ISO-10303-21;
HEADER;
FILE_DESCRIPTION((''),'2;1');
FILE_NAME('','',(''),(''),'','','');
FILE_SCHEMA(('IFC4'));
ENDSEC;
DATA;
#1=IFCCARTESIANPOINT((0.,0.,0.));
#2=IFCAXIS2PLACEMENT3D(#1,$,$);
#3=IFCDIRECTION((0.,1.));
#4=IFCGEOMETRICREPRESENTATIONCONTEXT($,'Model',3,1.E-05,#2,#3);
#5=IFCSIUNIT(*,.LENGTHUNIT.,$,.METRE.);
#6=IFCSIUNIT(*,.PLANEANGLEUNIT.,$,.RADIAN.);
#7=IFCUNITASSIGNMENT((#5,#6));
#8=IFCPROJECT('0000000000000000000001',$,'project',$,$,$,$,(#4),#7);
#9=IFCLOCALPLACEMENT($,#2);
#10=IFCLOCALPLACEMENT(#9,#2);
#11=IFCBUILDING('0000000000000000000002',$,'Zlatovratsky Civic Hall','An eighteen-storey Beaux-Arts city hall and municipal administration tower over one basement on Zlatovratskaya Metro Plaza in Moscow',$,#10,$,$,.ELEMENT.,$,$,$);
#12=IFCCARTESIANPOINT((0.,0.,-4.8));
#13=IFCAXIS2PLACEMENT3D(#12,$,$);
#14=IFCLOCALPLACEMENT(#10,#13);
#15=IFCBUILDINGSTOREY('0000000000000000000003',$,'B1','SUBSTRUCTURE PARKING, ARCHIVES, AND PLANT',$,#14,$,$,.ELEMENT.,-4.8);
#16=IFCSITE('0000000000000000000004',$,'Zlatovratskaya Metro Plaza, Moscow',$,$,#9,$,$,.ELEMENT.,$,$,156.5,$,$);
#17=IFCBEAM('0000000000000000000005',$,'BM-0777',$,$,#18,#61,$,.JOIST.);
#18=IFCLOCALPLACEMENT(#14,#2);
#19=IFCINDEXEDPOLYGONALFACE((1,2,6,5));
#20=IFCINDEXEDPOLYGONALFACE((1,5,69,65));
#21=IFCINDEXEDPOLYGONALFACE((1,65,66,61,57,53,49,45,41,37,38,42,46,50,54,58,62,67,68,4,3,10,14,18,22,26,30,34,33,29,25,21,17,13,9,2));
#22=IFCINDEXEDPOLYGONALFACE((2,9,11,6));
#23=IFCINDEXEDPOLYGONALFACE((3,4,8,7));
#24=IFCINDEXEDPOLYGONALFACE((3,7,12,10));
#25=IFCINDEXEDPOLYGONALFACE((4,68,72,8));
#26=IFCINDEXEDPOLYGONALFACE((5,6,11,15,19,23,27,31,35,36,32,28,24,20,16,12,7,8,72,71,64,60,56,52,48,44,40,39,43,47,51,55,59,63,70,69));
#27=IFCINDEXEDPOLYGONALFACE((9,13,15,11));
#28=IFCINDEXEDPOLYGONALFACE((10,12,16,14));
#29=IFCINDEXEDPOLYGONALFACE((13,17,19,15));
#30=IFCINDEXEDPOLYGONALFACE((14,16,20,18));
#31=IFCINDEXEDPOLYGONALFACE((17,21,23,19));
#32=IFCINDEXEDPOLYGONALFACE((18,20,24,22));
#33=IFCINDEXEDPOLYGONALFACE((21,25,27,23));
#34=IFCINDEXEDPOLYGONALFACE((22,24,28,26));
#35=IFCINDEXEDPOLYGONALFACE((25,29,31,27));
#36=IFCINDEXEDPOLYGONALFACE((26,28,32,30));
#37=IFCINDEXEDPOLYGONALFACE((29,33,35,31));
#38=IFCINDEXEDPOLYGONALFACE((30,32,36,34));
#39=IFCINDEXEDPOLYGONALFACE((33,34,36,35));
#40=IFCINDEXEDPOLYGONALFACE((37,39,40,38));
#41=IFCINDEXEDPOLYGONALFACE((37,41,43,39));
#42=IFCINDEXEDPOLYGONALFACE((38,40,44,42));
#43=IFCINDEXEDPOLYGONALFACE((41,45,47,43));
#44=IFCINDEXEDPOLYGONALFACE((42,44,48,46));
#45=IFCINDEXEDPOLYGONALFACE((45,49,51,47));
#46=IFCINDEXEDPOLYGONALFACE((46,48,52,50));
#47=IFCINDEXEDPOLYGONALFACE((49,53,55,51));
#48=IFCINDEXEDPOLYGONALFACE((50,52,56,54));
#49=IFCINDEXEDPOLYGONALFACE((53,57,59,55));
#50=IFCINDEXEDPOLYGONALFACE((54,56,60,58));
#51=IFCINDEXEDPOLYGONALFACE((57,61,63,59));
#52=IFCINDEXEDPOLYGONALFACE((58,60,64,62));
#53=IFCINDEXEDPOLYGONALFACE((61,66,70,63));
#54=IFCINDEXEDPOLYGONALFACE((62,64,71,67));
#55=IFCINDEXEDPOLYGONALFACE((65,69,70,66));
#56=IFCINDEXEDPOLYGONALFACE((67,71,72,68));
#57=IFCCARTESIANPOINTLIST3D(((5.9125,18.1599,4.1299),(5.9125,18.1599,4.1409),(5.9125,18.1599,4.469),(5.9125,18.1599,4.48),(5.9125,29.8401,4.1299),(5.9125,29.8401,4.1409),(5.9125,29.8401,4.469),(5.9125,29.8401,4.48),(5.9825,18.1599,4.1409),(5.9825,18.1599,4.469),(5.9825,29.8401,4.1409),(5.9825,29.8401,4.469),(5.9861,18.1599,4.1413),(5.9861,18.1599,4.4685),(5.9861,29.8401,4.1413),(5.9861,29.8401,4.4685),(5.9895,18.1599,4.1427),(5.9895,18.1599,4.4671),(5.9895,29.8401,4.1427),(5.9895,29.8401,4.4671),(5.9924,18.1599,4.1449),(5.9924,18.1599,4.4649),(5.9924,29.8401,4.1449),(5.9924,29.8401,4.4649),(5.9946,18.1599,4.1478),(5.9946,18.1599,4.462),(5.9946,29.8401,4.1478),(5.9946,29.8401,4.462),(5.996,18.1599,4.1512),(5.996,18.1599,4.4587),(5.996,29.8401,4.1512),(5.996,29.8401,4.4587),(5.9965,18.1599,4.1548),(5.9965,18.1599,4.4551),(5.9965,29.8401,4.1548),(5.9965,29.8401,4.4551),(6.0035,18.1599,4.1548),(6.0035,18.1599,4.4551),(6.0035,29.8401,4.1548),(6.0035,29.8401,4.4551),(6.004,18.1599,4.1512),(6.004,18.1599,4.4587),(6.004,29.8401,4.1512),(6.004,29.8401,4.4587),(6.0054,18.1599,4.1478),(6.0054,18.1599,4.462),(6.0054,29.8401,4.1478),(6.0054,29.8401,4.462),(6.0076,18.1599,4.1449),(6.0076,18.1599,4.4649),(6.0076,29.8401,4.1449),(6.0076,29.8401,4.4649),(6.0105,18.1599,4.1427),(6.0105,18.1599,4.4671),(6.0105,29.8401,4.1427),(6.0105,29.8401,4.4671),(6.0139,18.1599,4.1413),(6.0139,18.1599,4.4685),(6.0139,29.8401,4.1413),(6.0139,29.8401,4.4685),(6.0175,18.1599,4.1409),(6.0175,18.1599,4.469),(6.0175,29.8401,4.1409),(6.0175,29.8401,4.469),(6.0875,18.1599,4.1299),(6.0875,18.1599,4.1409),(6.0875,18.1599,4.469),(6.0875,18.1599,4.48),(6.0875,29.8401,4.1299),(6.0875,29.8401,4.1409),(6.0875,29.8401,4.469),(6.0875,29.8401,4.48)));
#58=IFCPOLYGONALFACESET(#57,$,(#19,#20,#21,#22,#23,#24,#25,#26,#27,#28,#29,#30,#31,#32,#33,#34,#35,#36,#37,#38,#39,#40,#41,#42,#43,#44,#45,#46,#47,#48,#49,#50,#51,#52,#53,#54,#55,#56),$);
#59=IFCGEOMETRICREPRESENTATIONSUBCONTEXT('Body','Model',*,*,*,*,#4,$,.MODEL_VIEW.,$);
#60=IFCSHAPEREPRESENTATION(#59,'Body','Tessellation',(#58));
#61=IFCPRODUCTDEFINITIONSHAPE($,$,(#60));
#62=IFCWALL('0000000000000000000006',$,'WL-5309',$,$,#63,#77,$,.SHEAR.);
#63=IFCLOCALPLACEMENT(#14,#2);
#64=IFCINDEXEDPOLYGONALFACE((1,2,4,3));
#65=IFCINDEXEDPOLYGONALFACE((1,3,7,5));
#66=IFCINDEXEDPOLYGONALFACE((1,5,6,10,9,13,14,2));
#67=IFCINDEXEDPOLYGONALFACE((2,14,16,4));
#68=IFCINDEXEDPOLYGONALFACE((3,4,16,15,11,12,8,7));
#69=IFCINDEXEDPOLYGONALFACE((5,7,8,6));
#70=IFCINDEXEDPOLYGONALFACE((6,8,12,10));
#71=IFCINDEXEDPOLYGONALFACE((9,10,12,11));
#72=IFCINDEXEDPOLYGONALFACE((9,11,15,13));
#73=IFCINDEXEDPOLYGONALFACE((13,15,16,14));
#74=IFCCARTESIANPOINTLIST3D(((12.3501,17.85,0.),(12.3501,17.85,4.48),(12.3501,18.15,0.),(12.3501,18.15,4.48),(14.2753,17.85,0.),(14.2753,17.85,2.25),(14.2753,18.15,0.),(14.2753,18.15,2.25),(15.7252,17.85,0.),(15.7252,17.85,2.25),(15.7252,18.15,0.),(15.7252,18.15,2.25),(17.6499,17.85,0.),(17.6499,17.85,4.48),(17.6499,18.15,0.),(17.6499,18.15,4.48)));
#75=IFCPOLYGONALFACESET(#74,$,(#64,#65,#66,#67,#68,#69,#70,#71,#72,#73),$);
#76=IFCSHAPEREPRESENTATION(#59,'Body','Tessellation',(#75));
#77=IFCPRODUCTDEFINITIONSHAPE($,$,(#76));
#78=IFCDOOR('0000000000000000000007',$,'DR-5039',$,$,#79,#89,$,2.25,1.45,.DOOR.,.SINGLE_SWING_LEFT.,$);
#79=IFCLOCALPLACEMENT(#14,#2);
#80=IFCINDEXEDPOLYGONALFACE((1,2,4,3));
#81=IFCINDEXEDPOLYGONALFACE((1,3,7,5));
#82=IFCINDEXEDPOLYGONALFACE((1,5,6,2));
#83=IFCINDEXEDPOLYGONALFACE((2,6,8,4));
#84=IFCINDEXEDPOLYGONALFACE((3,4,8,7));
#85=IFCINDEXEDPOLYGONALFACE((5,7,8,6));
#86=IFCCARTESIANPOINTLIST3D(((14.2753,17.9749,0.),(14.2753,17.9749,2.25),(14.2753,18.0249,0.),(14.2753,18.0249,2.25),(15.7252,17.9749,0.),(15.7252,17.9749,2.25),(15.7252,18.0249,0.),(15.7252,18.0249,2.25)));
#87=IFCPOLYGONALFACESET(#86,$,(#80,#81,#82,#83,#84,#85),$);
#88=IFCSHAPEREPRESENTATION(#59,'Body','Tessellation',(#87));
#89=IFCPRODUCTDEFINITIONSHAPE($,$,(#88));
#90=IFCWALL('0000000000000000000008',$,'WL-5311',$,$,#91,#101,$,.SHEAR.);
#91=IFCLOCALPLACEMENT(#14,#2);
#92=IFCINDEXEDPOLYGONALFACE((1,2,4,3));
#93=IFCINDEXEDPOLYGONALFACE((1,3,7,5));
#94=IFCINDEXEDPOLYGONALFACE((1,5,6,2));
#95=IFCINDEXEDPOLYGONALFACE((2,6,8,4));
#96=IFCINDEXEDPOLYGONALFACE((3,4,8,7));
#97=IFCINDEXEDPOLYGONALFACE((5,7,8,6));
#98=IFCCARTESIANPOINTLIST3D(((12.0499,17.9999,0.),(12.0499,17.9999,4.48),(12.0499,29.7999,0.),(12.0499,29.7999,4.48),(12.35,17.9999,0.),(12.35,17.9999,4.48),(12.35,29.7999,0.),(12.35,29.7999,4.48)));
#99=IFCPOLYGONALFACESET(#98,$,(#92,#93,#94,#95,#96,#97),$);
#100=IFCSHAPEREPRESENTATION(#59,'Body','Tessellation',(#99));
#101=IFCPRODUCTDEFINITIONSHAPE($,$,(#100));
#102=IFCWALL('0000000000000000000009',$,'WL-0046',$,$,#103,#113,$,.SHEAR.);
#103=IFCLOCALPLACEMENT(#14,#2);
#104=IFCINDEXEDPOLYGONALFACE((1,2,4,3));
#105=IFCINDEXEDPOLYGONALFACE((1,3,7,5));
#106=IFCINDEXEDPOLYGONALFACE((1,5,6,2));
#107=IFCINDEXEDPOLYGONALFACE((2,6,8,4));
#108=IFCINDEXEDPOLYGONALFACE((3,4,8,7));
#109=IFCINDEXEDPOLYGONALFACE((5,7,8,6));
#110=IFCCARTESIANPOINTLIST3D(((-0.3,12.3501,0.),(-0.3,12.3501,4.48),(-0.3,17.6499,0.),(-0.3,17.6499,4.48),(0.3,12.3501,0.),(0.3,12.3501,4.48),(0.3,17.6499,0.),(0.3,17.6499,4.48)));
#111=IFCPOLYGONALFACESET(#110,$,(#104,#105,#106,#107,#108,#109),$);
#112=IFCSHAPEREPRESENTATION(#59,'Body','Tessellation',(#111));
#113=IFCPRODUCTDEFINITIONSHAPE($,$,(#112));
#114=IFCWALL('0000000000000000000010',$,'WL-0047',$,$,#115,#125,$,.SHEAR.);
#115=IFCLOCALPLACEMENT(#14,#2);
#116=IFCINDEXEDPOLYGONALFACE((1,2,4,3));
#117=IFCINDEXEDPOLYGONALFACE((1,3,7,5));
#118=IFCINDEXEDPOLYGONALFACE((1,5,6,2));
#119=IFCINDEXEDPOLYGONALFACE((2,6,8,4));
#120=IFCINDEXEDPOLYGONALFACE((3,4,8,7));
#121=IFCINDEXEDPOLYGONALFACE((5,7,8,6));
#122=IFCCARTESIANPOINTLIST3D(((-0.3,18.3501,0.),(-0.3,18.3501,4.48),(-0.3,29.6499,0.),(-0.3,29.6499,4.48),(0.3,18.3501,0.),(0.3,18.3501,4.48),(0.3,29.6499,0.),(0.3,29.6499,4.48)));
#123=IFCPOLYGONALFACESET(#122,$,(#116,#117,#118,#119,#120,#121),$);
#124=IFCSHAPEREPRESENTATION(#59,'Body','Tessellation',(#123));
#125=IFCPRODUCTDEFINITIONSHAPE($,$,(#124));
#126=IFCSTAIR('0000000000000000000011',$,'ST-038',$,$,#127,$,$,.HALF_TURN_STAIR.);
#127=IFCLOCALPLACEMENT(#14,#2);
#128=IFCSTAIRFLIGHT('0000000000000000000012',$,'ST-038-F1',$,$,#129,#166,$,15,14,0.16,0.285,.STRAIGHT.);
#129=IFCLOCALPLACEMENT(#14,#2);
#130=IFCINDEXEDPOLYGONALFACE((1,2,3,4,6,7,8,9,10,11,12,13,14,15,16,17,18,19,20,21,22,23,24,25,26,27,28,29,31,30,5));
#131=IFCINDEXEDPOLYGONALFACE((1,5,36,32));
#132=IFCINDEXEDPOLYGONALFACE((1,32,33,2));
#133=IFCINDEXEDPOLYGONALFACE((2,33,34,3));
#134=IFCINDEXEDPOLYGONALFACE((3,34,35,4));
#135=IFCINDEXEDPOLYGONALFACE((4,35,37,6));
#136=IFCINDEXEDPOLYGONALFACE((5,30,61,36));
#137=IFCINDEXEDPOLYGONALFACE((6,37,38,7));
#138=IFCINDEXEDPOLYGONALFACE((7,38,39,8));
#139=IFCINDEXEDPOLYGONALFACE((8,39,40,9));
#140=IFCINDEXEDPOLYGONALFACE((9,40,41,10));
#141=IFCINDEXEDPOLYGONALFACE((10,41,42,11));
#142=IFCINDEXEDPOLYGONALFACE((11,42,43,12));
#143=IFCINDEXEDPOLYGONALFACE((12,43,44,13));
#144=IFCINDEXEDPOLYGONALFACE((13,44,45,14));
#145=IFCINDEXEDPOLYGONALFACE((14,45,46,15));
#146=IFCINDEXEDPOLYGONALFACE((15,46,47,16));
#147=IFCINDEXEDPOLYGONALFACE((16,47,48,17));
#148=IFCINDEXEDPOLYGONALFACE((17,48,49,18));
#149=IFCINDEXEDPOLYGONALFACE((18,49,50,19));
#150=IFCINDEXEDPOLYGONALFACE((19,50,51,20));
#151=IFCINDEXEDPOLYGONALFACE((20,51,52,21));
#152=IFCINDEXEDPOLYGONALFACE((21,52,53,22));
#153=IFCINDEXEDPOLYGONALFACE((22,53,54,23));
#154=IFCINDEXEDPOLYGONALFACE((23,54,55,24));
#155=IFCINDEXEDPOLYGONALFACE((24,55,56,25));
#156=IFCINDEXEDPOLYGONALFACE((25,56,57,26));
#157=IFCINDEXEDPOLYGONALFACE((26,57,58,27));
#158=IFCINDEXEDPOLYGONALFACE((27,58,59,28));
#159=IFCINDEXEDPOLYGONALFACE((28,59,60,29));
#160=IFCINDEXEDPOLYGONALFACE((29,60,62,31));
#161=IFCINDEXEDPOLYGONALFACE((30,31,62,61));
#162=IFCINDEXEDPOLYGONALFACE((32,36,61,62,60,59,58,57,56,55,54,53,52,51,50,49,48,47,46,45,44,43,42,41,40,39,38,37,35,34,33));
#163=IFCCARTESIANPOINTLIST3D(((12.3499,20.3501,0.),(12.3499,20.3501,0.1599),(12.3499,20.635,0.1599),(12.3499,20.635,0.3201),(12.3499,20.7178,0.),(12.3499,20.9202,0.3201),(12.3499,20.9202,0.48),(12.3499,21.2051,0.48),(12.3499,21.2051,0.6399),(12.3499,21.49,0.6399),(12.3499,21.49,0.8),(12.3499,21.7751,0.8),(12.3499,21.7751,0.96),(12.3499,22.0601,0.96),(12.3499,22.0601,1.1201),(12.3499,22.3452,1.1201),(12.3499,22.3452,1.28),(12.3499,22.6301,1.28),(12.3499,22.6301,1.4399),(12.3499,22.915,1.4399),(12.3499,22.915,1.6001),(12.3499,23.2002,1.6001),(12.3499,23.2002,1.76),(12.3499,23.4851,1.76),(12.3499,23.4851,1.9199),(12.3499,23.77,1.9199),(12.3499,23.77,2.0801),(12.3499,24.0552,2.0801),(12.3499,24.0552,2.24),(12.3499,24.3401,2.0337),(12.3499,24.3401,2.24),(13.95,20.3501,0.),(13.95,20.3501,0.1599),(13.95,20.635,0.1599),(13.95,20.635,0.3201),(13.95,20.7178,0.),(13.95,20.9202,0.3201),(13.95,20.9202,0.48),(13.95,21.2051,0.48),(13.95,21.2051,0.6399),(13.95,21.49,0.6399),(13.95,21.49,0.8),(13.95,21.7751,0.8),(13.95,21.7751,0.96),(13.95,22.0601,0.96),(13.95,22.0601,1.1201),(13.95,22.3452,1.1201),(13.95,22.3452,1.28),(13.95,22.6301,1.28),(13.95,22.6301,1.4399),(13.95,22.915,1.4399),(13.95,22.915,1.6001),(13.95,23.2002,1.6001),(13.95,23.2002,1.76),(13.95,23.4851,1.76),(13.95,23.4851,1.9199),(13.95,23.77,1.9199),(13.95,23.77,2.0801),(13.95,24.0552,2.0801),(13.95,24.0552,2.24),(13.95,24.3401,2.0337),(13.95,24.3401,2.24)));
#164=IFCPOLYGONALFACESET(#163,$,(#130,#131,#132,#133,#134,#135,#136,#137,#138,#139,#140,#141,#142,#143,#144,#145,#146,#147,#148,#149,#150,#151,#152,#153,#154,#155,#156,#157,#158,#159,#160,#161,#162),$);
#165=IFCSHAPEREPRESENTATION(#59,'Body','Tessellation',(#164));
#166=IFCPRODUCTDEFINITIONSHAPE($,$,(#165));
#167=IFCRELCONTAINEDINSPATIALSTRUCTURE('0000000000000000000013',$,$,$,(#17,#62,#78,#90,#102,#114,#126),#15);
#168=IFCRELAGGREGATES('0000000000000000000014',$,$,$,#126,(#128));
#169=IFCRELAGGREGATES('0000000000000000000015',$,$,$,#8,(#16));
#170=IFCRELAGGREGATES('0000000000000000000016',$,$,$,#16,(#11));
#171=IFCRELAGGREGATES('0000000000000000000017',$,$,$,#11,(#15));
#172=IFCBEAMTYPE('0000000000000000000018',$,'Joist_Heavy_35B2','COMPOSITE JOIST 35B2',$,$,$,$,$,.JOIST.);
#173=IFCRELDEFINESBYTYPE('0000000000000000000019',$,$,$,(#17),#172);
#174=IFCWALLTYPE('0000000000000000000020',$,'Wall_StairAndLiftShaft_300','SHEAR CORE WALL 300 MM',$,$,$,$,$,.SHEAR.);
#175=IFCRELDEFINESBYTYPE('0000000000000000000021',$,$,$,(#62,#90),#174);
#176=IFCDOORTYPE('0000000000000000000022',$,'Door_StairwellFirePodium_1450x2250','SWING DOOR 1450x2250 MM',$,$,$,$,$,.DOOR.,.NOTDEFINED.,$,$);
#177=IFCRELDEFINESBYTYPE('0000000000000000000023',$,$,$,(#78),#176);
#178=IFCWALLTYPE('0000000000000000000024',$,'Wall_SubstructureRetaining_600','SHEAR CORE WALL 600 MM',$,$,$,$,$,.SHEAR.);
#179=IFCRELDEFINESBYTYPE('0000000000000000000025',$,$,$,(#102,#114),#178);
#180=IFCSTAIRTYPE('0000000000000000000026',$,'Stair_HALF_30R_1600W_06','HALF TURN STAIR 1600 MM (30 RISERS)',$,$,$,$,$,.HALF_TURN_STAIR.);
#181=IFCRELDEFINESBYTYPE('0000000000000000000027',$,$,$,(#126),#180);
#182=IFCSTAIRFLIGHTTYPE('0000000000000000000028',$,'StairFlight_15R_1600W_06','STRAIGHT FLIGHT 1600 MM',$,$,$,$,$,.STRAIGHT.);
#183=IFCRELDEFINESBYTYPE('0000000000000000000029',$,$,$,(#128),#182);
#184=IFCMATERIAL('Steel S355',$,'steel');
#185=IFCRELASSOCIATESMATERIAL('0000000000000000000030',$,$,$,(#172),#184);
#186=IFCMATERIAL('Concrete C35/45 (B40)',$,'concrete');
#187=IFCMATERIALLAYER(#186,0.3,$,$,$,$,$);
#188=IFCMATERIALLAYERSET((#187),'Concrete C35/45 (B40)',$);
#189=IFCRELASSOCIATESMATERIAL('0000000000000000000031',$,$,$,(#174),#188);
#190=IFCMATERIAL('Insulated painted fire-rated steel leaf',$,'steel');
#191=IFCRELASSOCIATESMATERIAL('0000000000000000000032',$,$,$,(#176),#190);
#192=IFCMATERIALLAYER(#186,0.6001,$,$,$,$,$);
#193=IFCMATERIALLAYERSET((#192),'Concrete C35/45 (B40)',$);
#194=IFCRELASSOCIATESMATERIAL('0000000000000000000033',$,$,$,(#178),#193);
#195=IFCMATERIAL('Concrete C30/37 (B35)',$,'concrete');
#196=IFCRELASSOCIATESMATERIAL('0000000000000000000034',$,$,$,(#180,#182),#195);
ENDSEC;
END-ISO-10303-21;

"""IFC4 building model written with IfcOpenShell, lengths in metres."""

from ifc_helpers import new_model, si_unit, direction, frame, frame_2d, origin, origin_2d, place, context, subcontext, project, spatial, polyline, rectangle, i_section, outline, extrude, material, layer, layer_set, material_profile, profile_set, type_object, element, fill, aggregate, save


model = new_model("IFC4")

# Units and contexts
model_context = context("Model", 3, precision=1e-05, world=origin(), true_north=direction((0.0, 1.0)))
body_context = subcontext(model_context, "Body", "Model", "MODEL_VIEW")
ifc_project = project(units=[si_unit("LENGTHUNIT", "METRE"), si_unit("PLANEANGLEUNIT", "RADIAN")], contexts=[model_context])

# Site, building, storey
site_placement = place(None, origin())
site = spatial("IfcSite", under=ifc_project, at=site_placement, Name="Zlatovratskaya Metro Plaza, Moscow", CompositionType="ELEMENT", RefElevation=156.5)
building_placement = place(site_placement, origin())
building = spatial("IfcBuilding", under=site, at=building_placement, Name="Zlatovratsky Civic Hall", Description="An eighteen-storey Beaux-Arts city hall and municipal administration tower over one basement on Zlatovratskaya Metro Plaza in Moscow", CompositionType="ELEMENT")
storey_placement = place(building_placement, frame((0.0, 0.0, -4.8)))
storey = spatial("IfcBuildingStorey", under=building, at=storey_placement, Name="B1", Description="SUBSTRUCTURE PARKING, ARCHIVES, AND PLANT", CompositionType="ELEMENT", Elevation=-4.8)

# Shared definitions
ifc_material_1 = material(Name="Concrete C35/45 (B40)", Category="concrete")

# Beam
ifc_material_2 = material(Name="Steel S355", Category="steel")
ifc_material_profile_1 = material_profile(ifc_material_2, i_section(OverallWidth=0.175, OverallDepth=0.3501, WebThickness=0.0071, FlangeThickness=0.011, FilletRadius=0.0139, at=origin_2d()), Name="35B2")
ifc_profile_set_1 = profile_set([ifc_material_profile_1], Name="Steel S355")
beam_type_1 = type_object("IfcBeamType", Name="Joist_Heavy_35B2", Description="COMPOSITE JOIST 35B2", PredefinedType="JOIST", material=ifc_profile_set_1)
beam_1_placement = place(storey_placement, frame((6.0, 18.1599, 4.3049), z_axis=(0.0, 1.0, 0.0), x_axis=(-1.0, 0.0, 0.0)))
element("IfcBeam", 1, at=beam_1_placement, inside=storey, type_object=beam_type_1, Name="BM-0777", PredefinedType="JOIST", context=body_context, shape_type="SweptSolid", body=[
    extrude(i_section(OverallWidth=0.175, OverallDepth=0.3501, WebThickness=0.0071, FlangeThickness=0.011, FilletRadius=0.0139, at=origin_2d()), origin(), (0.0, 0.0, 1.0), 11.6802),
])

# Wall, opening, door
ifc_layer_1 = layer(ifc_material_1, 0.3)
ifc_layer_set_1 = layer_set([ifc_layer_1], Name="Concrete C35/45 (B40)")
wall_type_1 = type_object("IfcWallType", Name="Wall_StairAndLiftShaft_300", Description="SHEAR CORE WALL 300 MM", PredefinedType="SHEAR", material=ifc_layer_set_1)
wall_1_placement = place(storey_placement, frame((12.3501, 18.0, 0.0), z_axis=(0.0, 0.0, 1.0), x_axis=(1.0, 0.0, 0.0)))
wall_1 = element("IfcWall", 2, at=wall_1_placement, inside=storey, type_object=wall_type_1, Name="WL-5309", PredefinedType="SHEAR", context=body_context, shape_type="SweptSolid", body=[
    extrude(rectangle(XDim=5.2998, YDim=0.3, at=frame_2d((2.6499, 0.0))), origin(), (0.0, 0.0, 1.0), 4.48),
])
opening_placement = place(wall_1_placement, frame((1.925, 0.0, 0.0)))
opening = element("IfcOpeningElement", 3, at=opening_placement, cuts=wall_1, PredefinedType="OPENING", context=body_context, shape_type="SweptSolid", body=[
    extrude(rectangle(XDim=1.45, YDim=2.25, at=frame_2d((0.7251, 1.125))), frame((0.0, 0.165, 0.0), z_axis=(0.0, -1.0, 0.0), x_axis=(1.0, 0.0, 0.0)), (0.0, 0.0, 1.0), 0.3298),
])
ifc_material_3 = material(Name="Insulated painted fire-rated steel leaf", Category="steel")
door_type = type_object("IfcDoorType", Name="Door_StairwellFirePodium_1450x2250", Description="SWING DOOR 1450x2250 MM", OperationType="NOTDEFINED", PredefinedType="DOOR", material=ifc_material_3)
door_placement = place(opening_placement, origin())
door = element("IfcDoor", 4, at=door_placement, inside=storey, type_object=door_type, Name="DR-5039", OperationType="SINGLE_SWING_LEFT", OverallHeight=2.25, OverallWidth=1.45, PredefinedType="DOOR", context=body_context, shape_type="SweptSolid", body=[
    extrude(rectangle(XDim=1.45, YDim=2.25, at=frame_2d((0.7251, 1.125))), frame((0.0, 0.0249, 0.0), z_axis=(0.0, -1.0, 0.0), x_axis=(1.0, 0.0, 0.0)), (0.0, 0.0, 1.0), 0.05),
])
fill(opening, door)

# Walls
wall_2_placement = place(storey_placement, frame((12.2, 18.0, 0.0), z_axis=(0.0, 0.0, 1.0), x_axis=(0.0, 1.0, 0.0)))
element("IfcWall", 5, at=wall_2_placement, inside=storey, type_object=wall_type_1, Name="WL-5311", PredefinedType="SHEAR", context=body_context, shape_type="SweptSolid", body=[
    extrude(rectangle(XDim=11.8, YDim=0.3, at=frame_2d((5.8999, 0.0))), origin(), (0.0, 0.0, 1.0), 4.48),
])
ifc_layer_2 = layer(ifc_material_1, 0.6001)
ifc_layer_set_2 = layer_set([ifc_layer_2], Name="Concrete C35/45 (B40)")
wall_type_2 = type_object("IfcWallType", Name="Wall_SubstructureRetaining_600", Description="SHEAR CORE WALL 600 MM", PredefinedType="SHEAR", material=ifc_layer_set_2)
wall_3_placement = place(storey_placement, frame((0.0, 12.3501, 0.0), z_axis=(0.0, 0.0, 1.0), x_axis=(0.0, 1.0, 0.0)))
element("IfcWall", 6, at=wall_3_placement, inside=storey, type_object=wall_type_2, Name="WL-0046", PredefinedType="SHEAR", context=body_context, shape_type="SweptSolid", body=[
    extrude(rectangle(XDim=5.2998, YDim=0.6001, at=frame_2d((2.6499, 0.0))), origin(), (0.0, 0.0, 1.0), 4.48),
])
wall_4_placement = place(storey_placement, frame((0.0, 18.3501, 0.0), z_axis=(0.0, 0.0, 1.0), x_axis=(0.0, 1.0, 0.0)))
element("IfcWall", 7, at=wall_4_placement, inside=storey, type_object=wall_type_2, Name="WL-0047", PredefinedType="SHEAR", context=body_context, shape_type="SweptSolid", body=[
    extrude(rectangle(XDim=11.2998, YDim=0.6001, at=frame_2d((5.6499, 0.0))), origin(), (0.0, 0.0, 1.0), 4.48),
])

# Stair, stair flight
ifc_material_4 = material(Name="Concrete C30/37 (B35)", Category="concrete")
stair_type = type_object("IfcStairType", Name="Stair_HALF_30R_1600W_06", Description="HALF TURN STAIR 1600 MM (30 RISERS)", PredefinedType="HALF_TURN_STAIR", material=ifc_material_4)
stair_placement = place(storey_placement, origin())
stair = element("IfcStair", 8, at=stair_placement, inside=storey, type_object=stair_type, Name="ST-038", PredefinedType="HALF_TURN_STAIR")
stair_flight_type = type_object("IfcStairFlightType", Name="StairFlight_15R_1600W_06", Description="STRAIGHT FLIGHT 1600 MM", PredefinedType="STRAIGHT", material=ifc_material_4)
stair_flight_placement = place(storey_placement, frame((13.1499, 20.3501, 0.0), z_axis=(0.0, 0.0, 1.0), x_axis=(0.0, 1.0, 0.0)))
stair_flight = element("IfcStairFlight", 9, at=stair_flight_placement, type_object=stair_flight_type, Name="ST-038-F1", NumberOfRisers=15, NumberOfTreads=14, PredefinedType="STRAIGHT", RiserHeight=0.16, TreadLength=0.285, context=body_context, shape_type="SweptSolid", body=[
    extrude(outline(polyline([(0.0, 0.0), (0.0, 0.1599), (0.2849, 0.1599), (0.2849, 0.3201), (0.5701, 0.3201), (0.5701, 0.48), (0.855, 0.48), (0.855, 0.6399), (1.1399, 0.6399), (1.1399, 0.8), (1.425, 0.8), (1.425, 0.96), (1.71, 0.96), (1.71, 1.1201), (1.9951, 1.1201), (1.9951, 1.28), (2.28, 1.28), (2.28, 1.4399), (2.5649, 1.4399), (2.5649, 1.6001), (2.8501, 1.6001), (2.8501, 1.76), (3.135, 1.76), (3.135, 1.9199), (3.4199, 1.9199), (3.4199, 2.0801), (3.7051, 2.0801), (3.7051, 2.24), (3.99, 2.24), (3.99, 2.3999), (3.99, 2.0337), (0.3677, 0.0), (0.0, 0.0)])), frame((0.0, 0.8, 0.0), z_axis=(0.0, -1.0, 0.0), x_axis=(1.0, 0.0, 0.0)), (0.0, 0.0, 1.0), 1.6001),
])
aggregate(stair, [stair_flight])

save(model, "model.ifc")
